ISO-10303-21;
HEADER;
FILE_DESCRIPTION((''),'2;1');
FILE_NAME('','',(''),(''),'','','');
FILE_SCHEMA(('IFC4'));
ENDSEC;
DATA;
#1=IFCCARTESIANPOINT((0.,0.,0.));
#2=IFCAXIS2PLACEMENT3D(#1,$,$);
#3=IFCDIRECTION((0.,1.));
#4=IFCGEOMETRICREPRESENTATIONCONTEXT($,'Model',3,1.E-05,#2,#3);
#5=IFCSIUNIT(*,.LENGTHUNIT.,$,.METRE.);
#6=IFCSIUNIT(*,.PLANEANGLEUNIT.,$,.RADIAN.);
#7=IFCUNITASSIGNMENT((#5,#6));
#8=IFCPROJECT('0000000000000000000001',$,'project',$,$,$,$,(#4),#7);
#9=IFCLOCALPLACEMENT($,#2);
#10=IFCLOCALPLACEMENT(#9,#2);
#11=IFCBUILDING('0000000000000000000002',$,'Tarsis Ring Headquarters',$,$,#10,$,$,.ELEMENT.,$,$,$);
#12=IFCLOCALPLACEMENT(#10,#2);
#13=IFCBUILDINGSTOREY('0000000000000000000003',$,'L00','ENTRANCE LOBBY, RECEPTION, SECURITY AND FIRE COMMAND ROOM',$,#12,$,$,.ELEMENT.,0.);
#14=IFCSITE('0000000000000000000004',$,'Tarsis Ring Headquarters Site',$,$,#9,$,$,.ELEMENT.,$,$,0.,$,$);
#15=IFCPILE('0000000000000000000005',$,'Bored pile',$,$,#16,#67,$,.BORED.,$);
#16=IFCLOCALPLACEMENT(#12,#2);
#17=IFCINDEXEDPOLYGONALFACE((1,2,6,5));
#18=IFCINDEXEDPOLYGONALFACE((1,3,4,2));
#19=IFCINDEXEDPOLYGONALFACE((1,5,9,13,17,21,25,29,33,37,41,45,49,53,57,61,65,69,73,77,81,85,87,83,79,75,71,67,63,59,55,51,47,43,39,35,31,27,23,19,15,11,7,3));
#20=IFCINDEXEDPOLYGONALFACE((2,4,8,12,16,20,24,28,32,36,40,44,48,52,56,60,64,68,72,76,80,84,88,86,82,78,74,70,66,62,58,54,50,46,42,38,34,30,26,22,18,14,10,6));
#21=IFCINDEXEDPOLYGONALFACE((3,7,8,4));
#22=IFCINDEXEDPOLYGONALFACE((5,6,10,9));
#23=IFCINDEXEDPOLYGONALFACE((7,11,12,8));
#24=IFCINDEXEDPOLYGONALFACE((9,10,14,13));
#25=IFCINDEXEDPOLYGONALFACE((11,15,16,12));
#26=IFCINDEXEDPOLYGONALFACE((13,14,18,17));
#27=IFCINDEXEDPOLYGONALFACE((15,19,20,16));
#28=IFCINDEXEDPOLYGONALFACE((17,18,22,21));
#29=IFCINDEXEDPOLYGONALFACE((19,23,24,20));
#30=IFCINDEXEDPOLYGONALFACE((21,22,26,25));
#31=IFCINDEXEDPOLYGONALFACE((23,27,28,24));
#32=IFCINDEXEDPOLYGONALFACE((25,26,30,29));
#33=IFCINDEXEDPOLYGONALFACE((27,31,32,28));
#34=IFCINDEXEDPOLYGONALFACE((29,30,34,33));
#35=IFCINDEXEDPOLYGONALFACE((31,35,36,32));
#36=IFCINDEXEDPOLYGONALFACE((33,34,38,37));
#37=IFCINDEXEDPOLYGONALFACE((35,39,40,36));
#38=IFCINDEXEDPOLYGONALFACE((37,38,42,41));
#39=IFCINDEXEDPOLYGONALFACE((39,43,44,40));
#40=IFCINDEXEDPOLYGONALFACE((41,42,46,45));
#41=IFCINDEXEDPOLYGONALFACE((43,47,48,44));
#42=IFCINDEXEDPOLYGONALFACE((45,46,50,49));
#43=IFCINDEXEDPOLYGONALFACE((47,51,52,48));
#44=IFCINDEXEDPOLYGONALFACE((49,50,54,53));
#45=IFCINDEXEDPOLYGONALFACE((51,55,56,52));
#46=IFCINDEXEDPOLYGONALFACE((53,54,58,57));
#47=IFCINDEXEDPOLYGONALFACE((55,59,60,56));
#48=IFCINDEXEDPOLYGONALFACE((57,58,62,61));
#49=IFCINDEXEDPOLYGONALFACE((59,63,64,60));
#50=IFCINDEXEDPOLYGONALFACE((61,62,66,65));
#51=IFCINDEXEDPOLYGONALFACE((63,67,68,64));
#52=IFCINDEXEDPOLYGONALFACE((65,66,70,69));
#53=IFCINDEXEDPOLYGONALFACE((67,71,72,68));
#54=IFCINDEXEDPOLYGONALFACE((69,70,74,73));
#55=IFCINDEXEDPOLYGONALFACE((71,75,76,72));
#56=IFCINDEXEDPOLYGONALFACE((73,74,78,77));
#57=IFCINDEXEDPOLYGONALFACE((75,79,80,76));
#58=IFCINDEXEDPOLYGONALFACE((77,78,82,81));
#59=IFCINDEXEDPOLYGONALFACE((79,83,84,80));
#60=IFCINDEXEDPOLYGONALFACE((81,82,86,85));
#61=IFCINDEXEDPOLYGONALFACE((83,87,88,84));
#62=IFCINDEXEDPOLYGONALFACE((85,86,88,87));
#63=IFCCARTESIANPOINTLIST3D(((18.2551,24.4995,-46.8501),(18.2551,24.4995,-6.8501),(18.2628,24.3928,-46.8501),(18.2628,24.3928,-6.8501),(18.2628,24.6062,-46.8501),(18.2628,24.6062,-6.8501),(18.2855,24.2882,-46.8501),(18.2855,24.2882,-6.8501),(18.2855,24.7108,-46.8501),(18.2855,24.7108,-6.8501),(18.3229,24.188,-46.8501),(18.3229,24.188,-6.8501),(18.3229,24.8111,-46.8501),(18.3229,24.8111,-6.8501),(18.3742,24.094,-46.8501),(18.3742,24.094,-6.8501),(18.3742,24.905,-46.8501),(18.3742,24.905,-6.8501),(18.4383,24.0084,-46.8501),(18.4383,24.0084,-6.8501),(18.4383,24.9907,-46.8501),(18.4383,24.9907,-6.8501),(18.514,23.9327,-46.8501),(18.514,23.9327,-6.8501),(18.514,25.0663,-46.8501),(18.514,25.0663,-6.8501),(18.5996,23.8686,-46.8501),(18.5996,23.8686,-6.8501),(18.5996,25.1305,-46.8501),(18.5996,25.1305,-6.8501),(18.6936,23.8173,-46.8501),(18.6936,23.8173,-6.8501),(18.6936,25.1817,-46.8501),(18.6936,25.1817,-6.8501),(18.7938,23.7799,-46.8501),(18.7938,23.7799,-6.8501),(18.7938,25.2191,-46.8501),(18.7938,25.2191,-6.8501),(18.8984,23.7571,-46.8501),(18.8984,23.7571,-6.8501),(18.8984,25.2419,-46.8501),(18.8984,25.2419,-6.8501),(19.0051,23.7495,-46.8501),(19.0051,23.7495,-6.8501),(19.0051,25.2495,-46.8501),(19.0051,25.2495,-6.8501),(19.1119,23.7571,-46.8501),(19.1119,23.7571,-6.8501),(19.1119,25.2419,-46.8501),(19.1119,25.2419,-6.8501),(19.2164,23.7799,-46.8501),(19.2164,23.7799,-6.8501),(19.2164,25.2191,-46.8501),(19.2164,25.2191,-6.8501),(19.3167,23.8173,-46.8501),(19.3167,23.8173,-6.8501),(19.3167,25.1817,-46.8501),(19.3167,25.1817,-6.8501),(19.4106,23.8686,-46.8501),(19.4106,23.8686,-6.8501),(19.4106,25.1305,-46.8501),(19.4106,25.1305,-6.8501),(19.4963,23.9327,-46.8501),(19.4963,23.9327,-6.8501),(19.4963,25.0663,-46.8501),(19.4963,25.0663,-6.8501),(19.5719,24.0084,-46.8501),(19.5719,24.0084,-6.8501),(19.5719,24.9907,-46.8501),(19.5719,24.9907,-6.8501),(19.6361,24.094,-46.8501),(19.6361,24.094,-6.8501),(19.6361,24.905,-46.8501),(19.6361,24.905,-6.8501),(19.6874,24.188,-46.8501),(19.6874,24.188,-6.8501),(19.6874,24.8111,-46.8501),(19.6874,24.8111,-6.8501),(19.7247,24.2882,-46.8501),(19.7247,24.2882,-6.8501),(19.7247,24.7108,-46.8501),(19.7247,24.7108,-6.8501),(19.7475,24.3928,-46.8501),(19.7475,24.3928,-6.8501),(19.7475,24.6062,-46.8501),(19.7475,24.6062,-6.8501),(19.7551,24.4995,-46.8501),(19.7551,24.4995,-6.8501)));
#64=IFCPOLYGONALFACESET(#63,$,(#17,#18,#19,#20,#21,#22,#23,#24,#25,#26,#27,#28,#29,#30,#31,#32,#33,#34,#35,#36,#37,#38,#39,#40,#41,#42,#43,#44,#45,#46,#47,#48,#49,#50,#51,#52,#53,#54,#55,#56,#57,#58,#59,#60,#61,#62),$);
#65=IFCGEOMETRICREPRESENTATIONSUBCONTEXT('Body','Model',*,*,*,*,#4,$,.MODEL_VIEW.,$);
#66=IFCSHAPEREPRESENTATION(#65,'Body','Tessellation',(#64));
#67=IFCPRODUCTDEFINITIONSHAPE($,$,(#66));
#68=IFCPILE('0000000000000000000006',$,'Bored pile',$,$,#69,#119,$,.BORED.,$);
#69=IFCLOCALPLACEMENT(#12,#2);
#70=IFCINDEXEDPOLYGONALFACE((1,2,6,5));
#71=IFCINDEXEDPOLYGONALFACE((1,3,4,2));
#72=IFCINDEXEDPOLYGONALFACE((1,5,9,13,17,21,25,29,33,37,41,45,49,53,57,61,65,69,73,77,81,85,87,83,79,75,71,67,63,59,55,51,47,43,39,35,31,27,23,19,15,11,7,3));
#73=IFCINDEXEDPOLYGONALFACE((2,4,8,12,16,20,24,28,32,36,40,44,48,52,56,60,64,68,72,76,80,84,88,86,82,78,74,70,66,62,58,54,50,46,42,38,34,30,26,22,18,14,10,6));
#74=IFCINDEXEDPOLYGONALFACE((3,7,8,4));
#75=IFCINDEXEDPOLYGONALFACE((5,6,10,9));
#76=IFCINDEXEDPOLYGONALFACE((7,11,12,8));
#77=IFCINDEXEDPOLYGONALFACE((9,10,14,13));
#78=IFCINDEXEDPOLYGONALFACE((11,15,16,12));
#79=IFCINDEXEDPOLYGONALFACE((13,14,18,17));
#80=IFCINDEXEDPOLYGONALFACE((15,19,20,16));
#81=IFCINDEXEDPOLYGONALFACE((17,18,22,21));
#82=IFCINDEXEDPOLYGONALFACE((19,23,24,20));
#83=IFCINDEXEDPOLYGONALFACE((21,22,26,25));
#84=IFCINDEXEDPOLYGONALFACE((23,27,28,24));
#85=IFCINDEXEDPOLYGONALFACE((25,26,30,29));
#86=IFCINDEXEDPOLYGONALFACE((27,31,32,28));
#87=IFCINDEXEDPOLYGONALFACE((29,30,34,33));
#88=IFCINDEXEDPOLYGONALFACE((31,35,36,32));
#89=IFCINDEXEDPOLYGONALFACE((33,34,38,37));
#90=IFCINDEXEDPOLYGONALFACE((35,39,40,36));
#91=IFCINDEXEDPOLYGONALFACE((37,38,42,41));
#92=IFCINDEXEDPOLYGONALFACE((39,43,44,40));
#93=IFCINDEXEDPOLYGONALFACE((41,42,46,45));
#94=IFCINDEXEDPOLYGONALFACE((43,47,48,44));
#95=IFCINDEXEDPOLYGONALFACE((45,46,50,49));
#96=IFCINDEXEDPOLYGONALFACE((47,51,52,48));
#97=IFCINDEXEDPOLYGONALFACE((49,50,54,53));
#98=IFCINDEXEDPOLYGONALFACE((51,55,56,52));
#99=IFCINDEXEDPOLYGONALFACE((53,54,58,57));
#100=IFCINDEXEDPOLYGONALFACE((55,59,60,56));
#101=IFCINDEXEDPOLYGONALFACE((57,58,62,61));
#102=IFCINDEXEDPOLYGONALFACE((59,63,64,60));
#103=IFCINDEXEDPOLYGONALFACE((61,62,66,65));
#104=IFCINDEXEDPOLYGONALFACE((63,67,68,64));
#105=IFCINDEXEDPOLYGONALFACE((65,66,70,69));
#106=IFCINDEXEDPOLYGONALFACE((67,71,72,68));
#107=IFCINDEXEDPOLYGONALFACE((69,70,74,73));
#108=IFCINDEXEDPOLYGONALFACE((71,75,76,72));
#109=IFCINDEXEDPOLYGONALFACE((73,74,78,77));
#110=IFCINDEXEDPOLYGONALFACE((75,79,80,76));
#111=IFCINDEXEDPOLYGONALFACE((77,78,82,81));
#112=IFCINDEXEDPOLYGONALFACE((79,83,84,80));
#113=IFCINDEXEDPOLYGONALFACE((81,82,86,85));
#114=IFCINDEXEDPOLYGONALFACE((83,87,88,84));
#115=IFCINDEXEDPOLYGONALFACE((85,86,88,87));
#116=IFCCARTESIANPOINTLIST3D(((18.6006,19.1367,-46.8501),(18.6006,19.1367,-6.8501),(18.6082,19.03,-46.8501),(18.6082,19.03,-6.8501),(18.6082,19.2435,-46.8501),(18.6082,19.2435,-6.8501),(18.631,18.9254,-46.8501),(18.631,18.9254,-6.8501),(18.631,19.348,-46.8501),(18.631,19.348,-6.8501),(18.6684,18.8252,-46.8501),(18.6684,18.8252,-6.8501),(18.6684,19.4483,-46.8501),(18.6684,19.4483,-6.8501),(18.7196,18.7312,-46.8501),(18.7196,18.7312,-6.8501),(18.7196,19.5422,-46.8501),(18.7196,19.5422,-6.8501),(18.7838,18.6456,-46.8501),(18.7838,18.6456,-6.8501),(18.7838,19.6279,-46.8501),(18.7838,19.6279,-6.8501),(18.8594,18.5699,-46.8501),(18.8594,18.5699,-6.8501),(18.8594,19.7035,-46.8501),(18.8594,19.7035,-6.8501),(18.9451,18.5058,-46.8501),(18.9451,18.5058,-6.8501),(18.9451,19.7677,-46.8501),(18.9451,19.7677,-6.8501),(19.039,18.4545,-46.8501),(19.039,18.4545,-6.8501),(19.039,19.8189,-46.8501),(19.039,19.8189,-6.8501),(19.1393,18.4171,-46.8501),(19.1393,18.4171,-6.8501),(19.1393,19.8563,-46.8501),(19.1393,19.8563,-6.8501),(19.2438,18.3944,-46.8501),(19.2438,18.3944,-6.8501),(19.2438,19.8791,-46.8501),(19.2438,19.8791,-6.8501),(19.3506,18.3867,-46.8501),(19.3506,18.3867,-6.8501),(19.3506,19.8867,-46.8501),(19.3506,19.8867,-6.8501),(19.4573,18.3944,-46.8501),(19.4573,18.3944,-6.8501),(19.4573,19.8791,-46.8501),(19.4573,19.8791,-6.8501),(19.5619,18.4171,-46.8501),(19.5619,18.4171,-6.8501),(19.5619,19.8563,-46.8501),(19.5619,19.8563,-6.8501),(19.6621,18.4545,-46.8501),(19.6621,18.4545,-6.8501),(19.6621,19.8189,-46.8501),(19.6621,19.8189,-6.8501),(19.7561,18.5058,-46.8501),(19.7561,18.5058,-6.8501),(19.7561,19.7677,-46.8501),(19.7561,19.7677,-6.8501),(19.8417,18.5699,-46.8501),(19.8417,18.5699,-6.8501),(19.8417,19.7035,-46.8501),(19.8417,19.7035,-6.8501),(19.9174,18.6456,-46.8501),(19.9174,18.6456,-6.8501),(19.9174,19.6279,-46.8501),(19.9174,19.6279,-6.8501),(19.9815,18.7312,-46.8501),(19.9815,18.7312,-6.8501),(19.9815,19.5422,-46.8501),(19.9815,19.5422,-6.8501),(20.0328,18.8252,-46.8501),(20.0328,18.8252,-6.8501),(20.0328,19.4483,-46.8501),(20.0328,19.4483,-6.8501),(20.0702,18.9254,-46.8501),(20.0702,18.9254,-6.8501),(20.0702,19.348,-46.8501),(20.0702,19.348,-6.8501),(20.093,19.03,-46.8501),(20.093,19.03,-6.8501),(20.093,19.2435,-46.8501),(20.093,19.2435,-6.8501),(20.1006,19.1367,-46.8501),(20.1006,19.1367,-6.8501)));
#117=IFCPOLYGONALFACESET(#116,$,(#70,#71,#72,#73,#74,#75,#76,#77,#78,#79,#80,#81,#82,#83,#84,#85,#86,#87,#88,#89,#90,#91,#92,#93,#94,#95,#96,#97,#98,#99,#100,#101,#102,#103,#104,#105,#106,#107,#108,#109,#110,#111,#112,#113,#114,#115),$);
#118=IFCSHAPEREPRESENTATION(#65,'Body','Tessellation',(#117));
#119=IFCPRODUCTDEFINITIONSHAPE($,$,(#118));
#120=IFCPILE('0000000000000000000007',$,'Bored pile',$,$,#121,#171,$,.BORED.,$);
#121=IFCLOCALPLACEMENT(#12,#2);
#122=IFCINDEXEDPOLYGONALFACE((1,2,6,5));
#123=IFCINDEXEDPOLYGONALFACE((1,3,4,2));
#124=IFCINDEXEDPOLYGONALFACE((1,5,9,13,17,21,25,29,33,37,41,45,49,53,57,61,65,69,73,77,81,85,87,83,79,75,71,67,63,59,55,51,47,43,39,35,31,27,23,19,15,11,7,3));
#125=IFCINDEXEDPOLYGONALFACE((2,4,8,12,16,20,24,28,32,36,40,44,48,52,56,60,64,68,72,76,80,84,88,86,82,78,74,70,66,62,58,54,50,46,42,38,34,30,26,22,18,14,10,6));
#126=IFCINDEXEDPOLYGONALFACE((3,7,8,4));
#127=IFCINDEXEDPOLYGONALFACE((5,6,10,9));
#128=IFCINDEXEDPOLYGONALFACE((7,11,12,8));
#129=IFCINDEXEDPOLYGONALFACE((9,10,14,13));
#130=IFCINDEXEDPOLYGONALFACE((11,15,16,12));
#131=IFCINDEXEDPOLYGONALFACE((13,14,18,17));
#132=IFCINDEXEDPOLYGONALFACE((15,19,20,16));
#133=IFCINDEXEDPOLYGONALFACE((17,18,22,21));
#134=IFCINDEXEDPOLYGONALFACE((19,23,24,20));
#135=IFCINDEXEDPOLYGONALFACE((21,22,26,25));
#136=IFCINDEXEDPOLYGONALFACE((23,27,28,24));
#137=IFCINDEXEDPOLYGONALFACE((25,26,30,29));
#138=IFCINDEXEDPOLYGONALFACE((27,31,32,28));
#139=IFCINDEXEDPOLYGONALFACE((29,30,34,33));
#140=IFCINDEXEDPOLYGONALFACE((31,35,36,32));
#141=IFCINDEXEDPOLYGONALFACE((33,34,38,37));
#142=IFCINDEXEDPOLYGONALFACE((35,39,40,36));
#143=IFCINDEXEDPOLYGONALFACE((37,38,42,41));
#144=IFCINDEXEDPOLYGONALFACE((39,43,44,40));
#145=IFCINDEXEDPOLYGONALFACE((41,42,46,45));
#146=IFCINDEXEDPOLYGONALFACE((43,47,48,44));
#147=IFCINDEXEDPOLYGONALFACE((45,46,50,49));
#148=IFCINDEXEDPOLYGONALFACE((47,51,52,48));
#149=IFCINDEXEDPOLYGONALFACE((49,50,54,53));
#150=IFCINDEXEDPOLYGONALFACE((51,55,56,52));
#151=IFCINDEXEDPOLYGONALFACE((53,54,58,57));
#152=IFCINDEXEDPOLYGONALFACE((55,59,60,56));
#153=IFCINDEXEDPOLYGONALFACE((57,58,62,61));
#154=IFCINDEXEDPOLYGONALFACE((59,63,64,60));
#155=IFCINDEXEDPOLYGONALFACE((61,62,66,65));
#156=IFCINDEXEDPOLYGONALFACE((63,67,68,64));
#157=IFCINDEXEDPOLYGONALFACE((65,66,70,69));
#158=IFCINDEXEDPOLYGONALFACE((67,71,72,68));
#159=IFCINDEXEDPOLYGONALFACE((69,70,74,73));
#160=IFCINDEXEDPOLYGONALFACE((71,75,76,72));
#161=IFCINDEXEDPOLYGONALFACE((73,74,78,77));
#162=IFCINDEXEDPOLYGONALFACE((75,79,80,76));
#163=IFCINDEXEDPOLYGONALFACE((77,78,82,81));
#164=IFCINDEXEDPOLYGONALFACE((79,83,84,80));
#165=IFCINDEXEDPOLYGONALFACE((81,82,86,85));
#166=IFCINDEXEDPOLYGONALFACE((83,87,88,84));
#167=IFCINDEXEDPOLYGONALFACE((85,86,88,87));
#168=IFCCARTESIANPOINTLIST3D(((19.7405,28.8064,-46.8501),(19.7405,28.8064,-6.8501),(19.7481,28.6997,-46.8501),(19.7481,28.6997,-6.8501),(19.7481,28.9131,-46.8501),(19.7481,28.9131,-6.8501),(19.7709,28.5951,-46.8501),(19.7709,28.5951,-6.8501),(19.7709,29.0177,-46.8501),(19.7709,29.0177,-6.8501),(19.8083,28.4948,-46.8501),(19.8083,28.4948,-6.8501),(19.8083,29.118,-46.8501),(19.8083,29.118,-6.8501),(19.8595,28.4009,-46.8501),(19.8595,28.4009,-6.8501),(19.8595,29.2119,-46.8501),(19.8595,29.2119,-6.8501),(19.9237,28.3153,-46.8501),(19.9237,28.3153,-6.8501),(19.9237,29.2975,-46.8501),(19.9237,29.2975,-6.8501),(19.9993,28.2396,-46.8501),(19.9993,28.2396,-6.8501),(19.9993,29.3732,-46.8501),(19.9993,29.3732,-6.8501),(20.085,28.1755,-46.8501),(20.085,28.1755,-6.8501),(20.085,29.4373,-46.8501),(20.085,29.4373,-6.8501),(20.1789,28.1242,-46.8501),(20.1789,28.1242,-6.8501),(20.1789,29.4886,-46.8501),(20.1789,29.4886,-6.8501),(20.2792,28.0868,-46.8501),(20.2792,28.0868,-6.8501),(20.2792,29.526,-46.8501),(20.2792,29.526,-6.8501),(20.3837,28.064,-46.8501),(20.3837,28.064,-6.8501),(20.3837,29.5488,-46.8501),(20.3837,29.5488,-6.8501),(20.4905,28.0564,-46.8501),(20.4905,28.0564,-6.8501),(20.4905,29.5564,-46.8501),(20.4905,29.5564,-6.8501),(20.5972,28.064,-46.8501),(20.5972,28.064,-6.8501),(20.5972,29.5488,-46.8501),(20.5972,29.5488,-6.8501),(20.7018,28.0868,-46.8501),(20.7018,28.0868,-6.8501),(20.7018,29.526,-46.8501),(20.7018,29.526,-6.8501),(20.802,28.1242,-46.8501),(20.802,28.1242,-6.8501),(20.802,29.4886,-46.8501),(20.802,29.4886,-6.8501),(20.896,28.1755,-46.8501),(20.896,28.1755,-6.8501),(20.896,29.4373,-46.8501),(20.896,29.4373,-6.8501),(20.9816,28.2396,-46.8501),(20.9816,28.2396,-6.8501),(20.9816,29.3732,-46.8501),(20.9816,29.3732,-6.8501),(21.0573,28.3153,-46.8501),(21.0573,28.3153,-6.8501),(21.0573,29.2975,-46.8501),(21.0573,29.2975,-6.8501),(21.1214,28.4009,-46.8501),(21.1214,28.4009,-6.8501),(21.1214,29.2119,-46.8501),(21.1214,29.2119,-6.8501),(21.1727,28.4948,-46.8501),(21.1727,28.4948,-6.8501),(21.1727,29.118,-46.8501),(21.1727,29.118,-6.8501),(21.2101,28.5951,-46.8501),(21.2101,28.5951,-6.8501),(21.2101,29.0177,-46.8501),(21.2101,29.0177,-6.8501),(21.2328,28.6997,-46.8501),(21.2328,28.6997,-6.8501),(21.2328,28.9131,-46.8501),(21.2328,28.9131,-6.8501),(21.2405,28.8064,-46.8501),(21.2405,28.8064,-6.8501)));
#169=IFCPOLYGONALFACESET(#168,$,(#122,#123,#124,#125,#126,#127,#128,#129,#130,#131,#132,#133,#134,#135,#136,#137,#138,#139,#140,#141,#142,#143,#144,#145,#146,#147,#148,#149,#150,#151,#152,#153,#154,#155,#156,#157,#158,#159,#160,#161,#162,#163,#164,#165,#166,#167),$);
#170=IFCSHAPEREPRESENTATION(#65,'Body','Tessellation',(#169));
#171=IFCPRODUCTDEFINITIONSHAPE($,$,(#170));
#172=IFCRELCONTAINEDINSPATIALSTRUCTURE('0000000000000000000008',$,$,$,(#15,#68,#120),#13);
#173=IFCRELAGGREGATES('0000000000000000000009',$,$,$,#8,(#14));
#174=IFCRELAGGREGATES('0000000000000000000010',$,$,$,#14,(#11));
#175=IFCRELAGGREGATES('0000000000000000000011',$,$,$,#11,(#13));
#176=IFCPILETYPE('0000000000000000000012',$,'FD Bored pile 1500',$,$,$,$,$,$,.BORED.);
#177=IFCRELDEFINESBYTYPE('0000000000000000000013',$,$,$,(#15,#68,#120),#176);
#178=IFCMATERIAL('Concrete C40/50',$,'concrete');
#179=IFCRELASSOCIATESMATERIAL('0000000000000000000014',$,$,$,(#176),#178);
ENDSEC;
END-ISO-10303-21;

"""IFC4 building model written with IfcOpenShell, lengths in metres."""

from ifc_helpers import new_model, si_unit, direction, frame, origin, origin_2d, place, context, subcontext, project, spatial, circle, extrude, material, material_profile, profile_set, type_object, element, save


model = new_model("IFC4")

# Units and contexts
model_context = context("Model", 3, precision=1e-05, world=origin(), true_north=direction((0.0, 1.0)))
body_context = subcontext(model_context, "Body", "Model", "MODEL_VIEW")
ifc_project = project(units=[si_unit("LENGTHUNIT", "METRE"), si_unit("PLANEANGLEUNIT", "RADIAN")], contexts=[model_context])

# Site, building, storey
site_placement = place(None, origin())
site = spatial("IfcSite", under=ifc_project, at=site_placement, Name="Tarsis Ring Headquarters Site", CompositionType="ELEMENT", RefElevation=0.0)
building_placement = place(site_placement, origin())
building = spatial("IfcBuilding", under=site, at=building_placement, Name="Tarsis Ring Headquarters", CompositionType="ELEMENT")
storey_placement = place(building_placement, origin())
storey = spatial("IfcBuildingStorey", under=building, at=storey_placement, Name="L00", Description="ENTRANCE LOBBY, RECEPTION, SECURITY AND FIRE COMMAND ROOM", CompositionType="ELEMENT", Elevation=0.0)

# Piles
ifc_material_1 = material(Name="Concrete C40/50", Category="concrete")
ifc_material_profile_1 = material_profile(ifc_material_1, circle(Radius=0.75, at=origin_2d()), Name="BORED 1500")
ifc_profile_set_1 = profile_set([ifc_material_profile_1], Name="Concrete C40/50")
pile_type = type_object("IfcPileType", Name="FD Bored pile 1500", PredefinedType="BORED", material=ifc_profile_set_1)
for number, where, z_axis, x_axis, name in (
    (1, (19.0051, 24.4995, -6.8501), (0.0, 0.0, -1.0), (1.0, 0.0, 0.0), "Bored pile"),
    (2, (19.3506, 19.1367, -6.8501), (0.0, 0.0, -1.0), (1.0, 0.0, 0.0), "Bored pile"),
    (3, (20.4905, 28.8064, -6.8501), (0.0, 0.0, -1.0), (1.0, 0.0, 0.0), "Bored pile"),
):
    element("IfcPile", number, at=place(storey_placement, frame(where, z_axis=z_axis, x_axis=x_axis)), inside=storey, type_object=pile_type, Name=name, PredefinedType="BORED", context=body_context, shape_type="SweptSolid", body=[
        extrude(circle(Radius=0.75, at=origin_2d()), origin(), (0.0, 0.0, 1.0), 40.0),
    ])

save(model, "model.ifc")
